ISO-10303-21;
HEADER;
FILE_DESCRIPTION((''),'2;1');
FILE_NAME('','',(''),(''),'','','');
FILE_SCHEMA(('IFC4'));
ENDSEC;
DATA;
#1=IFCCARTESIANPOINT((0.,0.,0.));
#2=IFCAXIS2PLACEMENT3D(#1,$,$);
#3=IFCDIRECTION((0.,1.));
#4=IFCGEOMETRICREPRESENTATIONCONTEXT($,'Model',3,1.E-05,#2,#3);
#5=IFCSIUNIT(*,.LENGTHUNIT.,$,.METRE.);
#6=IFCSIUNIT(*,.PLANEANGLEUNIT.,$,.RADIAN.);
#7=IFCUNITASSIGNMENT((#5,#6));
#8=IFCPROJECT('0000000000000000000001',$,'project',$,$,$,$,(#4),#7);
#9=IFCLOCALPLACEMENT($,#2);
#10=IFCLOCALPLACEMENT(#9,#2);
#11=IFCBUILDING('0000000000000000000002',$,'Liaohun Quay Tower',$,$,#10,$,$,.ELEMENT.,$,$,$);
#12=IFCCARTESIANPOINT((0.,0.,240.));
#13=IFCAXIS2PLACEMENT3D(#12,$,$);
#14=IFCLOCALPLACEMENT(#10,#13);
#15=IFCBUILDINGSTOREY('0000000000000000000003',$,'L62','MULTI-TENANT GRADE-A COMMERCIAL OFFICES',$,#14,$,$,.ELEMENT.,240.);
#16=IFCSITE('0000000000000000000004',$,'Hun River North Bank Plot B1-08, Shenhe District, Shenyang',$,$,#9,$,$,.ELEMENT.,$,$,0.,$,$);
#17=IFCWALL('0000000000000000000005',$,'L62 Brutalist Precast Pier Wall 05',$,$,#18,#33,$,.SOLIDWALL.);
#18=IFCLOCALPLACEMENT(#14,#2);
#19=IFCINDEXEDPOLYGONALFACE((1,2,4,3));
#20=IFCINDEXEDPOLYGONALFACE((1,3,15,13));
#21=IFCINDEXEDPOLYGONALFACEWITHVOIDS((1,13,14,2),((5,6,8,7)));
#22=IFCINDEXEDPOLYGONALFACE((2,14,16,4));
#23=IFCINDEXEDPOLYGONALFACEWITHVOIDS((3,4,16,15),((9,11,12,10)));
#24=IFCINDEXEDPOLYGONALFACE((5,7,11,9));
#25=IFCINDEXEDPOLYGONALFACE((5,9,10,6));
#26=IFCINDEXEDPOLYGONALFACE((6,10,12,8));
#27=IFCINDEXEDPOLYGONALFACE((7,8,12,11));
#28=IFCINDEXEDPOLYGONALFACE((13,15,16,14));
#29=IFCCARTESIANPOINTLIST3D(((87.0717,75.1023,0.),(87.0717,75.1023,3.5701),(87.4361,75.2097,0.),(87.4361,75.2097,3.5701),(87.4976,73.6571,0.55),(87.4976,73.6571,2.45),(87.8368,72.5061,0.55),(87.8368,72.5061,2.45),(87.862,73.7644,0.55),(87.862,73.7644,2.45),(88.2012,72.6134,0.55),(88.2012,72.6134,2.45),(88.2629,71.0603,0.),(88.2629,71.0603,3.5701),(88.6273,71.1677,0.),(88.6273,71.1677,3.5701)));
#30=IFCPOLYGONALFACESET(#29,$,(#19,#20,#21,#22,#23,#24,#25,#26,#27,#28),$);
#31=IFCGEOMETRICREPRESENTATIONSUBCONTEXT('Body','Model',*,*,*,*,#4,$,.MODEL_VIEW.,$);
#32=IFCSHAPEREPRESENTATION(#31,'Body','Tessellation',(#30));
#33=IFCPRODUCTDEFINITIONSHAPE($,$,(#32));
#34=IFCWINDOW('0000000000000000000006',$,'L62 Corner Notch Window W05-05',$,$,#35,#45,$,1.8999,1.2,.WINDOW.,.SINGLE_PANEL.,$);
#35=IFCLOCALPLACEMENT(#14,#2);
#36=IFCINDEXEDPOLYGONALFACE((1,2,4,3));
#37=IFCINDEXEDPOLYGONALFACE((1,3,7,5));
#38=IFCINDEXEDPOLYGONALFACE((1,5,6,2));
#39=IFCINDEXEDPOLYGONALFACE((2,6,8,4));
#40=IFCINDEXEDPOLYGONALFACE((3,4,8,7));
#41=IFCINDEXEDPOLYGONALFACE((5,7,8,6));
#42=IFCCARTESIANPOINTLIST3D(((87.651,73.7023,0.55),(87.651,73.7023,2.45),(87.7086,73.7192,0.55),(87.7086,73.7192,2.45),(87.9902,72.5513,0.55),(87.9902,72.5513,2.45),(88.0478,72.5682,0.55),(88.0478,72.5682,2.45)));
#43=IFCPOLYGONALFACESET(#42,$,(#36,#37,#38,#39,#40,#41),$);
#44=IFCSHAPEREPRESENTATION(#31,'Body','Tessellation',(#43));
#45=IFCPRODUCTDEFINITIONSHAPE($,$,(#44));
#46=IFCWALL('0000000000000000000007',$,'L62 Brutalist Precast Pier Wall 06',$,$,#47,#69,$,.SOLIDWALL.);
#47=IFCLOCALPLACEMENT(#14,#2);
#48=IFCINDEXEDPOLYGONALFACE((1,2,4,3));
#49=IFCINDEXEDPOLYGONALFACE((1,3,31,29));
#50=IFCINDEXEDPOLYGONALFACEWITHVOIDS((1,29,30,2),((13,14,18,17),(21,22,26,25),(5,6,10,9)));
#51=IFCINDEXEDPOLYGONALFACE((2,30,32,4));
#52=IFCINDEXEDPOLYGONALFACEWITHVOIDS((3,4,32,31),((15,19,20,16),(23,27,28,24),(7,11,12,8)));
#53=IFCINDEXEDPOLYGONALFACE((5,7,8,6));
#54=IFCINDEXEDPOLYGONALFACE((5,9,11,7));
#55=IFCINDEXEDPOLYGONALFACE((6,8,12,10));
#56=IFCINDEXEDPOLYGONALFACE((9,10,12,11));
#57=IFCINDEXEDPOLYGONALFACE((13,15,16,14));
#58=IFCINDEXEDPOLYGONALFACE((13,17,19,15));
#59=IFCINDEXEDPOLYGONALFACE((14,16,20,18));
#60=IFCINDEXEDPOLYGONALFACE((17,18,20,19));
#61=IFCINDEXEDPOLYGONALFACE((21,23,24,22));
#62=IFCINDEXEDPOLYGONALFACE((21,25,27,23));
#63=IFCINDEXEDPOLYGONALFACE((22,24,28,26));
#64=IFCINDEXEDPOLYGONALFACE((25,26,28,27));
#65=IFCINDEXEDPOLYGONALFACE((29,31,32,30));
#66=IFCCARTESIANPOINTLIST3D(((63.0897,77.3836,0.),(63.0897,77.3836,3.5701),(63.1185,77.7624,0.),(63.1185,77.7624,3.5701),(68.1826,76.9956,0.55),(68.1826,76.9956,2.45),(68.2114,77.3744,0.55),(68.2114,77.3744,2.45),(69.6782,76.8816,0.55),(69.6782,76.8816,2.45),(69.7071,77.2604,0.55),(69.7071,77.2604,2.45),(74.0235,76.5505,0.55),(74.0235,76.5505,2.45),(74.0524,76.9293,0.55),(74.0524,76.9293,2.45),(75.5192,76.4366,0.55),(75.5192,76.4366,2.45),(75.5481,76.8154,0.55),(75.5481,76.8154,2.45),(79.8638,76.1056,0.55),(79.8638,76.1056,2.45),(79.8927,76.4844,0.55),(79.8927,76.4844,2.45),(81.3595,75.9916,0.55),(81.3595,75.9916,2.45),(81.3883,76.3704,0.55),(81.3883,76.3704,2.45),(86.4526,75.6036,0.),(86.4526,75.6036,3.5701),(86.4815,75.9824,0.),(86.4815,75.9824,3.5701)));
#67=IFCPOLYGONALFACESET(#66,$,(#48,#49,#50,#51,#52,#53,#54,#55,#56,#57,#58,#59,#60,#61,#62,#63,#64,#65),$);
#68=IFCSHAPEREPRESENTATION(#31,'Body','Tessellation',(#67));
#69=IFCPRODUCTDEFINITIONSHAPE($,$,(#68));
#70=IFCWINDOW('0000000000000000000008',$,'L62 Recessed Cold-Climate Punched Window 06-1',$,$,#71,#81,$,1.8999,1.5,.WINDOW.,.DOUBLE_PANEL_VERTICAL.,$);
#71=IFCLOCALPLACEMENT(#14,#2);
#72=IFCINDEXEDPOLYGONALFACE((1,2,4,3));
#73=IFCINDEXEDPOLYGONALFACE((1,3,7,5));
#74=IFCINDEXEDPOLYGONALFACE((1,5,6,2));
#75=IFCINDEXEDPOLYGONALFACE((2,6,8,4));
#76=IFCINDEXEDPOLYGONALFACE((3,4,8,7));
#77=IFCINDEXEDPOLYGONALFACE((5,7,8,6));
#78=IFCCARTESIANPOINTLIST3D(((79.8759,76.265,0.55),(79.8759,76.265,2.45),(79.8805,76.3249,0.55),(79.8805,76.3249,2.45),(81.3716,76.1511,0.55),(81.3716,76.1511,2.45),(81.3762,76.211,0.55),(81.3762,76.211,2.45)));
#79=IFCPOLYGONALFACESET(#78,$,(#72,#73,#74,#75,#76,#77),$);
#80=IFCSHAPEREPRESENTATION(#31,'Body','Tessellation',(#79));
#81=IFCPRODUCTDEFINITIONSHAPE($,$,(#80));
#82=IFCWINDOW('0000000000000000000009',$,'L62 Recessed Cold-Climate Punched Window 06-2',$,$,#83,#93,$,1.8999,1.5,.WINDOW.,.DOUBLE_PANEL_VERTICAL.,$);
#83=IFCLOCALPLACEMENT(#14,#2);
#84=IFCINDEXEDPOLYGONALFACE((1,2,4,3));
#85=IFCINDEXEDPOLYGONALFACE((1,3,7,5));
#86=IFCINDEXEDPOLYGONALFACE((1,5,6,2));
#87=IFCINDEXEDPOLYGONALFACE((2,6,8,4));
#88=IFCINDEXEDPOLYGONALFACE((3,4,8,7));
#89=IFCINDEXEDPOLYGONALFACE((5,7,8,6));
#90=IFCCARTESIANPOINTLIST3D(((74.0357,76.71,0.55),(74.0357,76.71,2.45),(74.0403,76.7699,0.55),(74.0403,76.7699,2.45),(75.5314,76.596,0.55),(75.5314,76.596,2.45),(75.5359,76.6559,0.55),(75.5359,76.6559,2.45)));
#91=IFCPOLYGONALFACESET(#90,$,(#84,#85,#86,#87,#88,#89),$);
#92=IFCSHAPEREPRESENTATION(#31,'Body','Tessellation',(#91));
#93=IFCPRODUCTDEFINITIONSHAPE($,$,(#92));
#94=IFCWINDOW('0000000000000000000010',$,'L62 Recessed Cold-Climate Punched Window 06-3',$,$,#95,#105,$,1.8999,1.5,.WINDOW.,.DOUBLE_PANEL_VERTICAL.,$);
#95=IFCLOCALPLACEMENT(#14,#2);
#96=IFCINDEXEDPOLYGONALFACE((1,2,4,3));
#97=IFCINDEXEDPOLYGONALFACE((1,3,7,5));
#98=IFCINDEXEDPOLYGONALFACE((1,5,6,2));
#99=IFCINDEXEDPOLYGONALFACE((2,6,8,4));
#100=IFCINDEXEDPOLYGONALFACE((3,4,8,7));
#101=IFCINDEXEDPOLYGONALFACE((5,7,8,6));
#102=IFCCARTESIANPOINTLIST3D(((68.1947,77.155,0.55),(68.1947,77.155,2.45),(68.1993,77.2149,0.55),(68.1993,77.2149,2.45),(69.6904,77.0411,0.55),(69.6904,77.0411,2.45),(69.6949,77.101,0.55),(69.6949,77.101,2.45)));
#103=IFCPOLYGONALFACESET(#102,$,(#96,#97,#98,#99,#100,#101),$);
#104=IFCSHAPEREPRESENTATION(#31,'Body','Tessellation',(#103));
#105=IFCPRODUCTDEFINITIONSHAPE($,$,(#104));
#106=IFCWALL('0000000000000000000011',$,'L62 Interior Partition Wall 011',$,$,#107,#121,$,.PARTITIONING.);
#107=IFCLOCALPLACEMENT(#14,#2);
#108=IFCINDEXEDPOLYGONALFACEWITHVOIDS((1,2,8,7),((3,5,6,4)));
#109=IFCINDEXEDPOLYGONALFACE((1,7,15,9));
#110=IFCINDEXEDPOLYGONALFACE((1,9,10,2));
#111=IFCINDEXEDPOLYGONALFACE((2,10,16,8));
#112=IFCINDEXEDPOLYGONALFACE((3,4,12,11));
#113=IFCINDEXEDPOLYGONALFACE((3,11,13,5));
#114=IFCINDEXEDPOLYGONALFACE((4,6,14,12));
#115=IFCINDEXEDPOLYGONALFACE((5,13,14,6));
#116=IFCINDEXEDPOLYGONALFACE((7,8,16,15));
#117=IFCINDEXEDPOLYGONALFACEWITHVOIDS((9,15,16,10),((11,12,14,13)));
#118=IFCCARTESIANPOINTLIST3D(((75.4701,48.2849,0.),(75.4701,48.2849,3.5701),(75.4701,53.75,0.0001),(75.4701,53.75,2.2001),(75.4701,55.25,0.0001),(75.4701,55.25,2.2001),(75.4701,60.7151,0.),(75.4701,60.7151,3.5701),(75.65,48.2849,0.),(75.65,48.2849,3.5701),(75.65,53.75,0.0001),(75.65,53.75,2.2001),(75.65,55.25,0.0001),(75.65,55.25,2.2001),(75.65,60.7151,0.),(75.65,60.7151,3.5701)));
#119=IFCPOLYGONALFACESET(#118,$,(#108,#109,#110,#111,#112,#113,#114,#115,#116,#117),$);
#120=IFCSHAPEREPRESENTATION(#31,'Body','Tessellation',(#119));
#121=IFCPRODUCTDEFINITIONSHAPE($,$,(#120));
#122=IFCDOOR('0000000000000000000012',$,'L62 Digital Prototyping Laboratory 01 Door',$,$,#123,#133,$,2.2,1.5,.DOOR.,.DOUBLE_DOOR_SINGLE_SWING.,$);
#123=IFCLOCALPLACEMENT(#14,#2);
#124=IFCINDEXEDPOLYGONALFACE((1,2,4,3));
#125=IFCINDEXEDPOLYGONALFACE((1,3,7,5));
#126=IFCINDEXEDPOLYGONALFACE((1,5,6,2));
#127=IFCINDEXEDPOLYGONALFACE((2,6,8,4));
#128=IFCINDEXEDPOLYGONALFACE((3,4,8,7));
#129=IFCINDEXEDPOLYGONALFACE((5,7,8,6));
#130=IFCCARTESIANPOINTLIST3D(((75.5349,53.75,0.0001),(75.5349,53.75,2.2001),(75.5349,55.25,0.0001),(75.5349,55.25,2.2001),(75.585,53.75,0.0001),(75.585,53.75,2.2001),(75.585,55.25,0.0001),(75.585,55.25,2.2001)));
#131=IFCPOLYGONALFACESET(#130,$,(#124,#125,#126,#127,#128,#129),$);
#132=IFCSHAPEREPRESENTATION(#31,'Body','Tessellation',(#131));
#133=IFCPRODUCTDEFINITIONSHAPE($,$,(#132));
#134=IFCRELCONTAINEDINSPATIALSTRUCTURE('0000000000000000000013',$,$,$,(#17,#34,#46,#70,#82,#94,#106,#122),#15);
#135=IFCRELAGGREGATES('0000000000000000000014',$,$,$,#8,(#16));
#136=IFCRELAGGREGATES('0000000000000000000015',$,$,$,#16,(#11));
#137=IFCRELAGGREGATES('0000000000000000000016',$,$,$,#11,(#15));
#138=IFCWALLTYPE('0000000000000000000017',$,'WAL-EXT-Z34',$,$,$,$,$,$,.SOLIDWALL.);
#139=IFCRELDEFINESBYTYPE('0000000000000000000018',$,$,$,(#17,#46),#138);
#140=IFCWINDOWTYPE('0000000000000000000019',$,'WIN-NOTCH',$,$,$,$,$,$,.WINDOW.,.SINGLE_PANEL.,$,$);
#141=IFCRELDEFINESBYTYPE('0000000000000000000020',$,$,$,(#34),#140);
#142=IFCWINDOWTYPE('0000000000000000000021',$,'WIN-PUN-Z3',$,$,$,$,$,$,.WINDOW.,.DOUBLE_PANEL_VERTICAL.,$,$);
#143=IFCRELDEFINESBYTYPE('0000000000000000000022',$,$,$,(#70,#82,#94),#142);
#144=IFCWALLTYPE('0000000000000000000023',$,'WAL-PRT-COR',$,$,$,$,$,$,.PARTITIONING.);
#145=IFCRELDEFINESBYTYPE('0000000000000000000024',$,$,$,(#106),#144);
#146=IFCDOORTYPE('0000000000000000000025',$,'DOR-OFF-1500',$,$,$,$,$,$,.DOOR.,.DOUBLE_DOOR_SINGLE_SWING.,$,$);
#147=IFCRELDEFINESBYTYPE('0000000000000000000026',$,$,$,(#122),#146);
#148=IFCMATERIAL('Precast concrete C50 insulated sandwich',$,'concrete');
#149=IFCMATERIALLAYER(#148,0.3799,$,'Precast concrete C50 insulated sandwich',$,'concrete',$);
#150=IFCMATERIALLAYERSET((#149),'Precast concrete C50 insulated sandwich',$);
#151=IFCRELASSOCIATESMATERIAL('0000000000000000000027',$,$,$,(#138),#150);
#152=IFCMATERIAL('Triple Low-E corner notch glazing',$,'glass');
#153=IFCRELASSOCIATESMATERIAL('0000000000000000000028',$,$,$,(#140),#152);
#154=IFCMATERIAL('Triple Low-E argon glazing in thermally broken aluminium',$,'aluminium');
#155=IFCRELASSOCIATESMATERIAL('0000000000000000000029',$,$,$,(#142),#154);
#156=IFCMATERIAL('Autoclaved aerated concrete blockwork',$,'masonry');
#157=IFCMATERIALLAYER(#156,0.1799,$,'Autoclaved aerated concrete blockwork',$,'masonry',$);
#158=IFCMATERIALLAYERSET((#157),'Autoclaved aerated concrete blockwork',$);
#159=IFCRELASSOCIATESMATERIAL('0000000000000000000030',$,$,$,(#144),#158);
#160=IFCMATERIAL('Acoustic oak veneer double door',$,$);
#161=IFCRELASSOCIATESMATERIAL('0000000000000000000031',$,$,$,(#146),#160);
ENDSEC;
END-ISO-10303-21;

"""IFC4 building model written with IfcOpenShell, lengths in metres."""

from ifc_helpers import new_model, si_unit, direction, frame, frame_2d, origin, place, context, subcontext, project, spatial, rectangle, extrude, source, transform, mapped, material, layer, layer_set, type_object, element, fill, save


model = new_model("IFC4")

# Units and contexts
model_context = context("Model", 3, precision=1e-05, world=origin(), true_north=direction((0.0, 1.0)))
body_context = subcontext(model_context, "Body", "Model", "MODEL_VIEW")
ifc_project = project(units=[si_unit("LENGTHUNIT", "METRE"), si_unit("PLANEANGLEUNIT", "RADIAN")], contexts=[model_context])

# Site, building, storey
site_placement = place(None, origin())
site = spatial("IfcSite", under=ifc_project, at=site_placement, Name="Hun River North Bank Plot B1-08, Shenhe District, Shenyang", CompositionType="ELEMENT", RefElevation=0.0)
building_placement = place(site_placement, origin())
building = spatial("IfcBuilding", under=site, at=building_placement, Name="Liaohun Quay Tower", CompositionType="ELEMENT")
storey_placement = place(building_placement, frame((0.0, 0.0, 240.0)))
storey = spatial("IfcBuildingStorey", under=building, at=storey_placement, Name="L62", Description="MULTI-TENANT GRADE-A COMMERCIAL OFFICES", CompositionType="ELEMENT", Elevation=240.0)

# Wall, opening, window
ifc_material_1 = material(Name="Precast concrete C50 insulated sandwich", Category="concrete")
ifc_layer_1 = layer(ifc_material_1, 0.3799, Name="Precast concrete C50 insulated sandwich", Category="concrete")
ifc_layer_set_1 = layer_set([ifc_layer_1], Name="Precast concrete C50 insulated sandwich")
wall_type_1 = type_object("IfcWallType", Name="WAL-EXT-Z34", PredefinedType="SOLIDWALL", material=ifc_layer_set_1)
shared_shape_1 = source(origin(), body_context, "Body", "SweptSolid", [
    extrude(rectangle(XDim=1.2, YDim=1.8999, at=frame_2d((0.6001, 0.95))), frame((0.0, 0.2, 0.0), z_axis=(0.0, -1.0, 0.0), x_axis=(1.0, 0.0, 0.0)), (0.0, 0.0, 1.0), 0.3999),
])
ifc_material_2 = material(Name="Triple Low-E corner notch glazing", Category="glass")
window_type_1 = type_object("IfcWindowType", Name="WIN-NOTCH", PartitioningType="SINGLE_PANEL", PredefinedType="WINDOW", material=ifc_material_2)
shared_shape_2 = source(origin(), body_context, "Body", "SweptSolid", [
    extrude(rectangle(XDim=1.2, YDim=1.8999, at=frame_2d((0.6001, 0.95))), frame((0.0, 0.03, 0.0), z_axis=(0.0, -1.0, 0.0), x_axis=(1.0, 0.0, 0.0)), (0.0, 0.0, 1.0), 0.0601),
])
wall_1_placement = place(storey_placement, frame((88.4451, 71.114, 0.0), z_axis=(0.0, 0.0, 1.0), x_axis=(-0.282678, 0.959215, 0.0)))
wall_1 = element("IfcWall", 1, at=wall_1_placement, inside=storey, type_object=wall_type_1, Name="L62 Brutalist Precast Pier Wall 05", PredefinedType="SOLIDWALL", context=body_context, shape_type="SweptSolid", body=[
    extrude(rectangle(XDim=4.2139, YDim=0.3799, at=frame_2d((2.1069, 0.0))), origin(), (0.0, 0.0, 1.0), 3.5701),
])
opening_1_placement = place(wall_1_placement, frame((1.5071, 0.0, 0.55)))
opening_1 = element("IfcOpeningElement", 2, at=opening_1_placement, cuts=wall_1, PredefinedType="OPENING", context=body_context, shape_type="MappedRepresentation", body=[
    mapped(shared_shape_1, transform((0.0, 0.0, 0.0), x_axis=(1.0, 0.0, 0.0), y_axis=(0.0, 1.0, 0.0), z_axis=(0.0, 0.0, 1.0), scale=1.0)),
])
window_1_placement = place(opening_1_placement, origin())
window_1 = element("IfcWindow", 3, at=window_1_placement, inside=storey, type_object=window_type_1, Name="L62 Corner Notch Window W05-05", OverallHeight=1.8999, OverallWidth=1.2, PartitioningType="SINGLE_PANEL", PredefinedType="WINDOW", context=body_context, shape_type="MappedRepresentation", body=[
    mapped(shared_shape_2, transform((0.0, 0.0, 0.0), x_axis=(1.0, 0.0, 0.0), y_axis=(0.0, 1.0, 0.0), z_axis=(0.0, 0.0, 1.0), scale=1.0)),
])
fill(opening_1, window_1)

# Wall, openings, windows
wall_2_placement = place(storey_placement, frame((86.467, 75.793, 0.0), z_axis=(0.0, 0.0, 1.0), x_axis=(-0.99711, 0.07597, 0.0)))
wall_2 = element("IfcWall", 4, at=wall_2_placement, inside=storey, type_object=wall_type_1, Name="L62 Brutalist Precast Pier Wall 06", PredefinedType="SOLIDWALL", context=body_context, shape_type="SweptSolid", body=[
    extrude(rectangle(XDim=23.4307, YDim=0.3799, at=frame_2d((11.7153, 0.0))), origin(), (0.0, 0.0, 1.0), 3.5701),
])
shared_shape_3 = source(origin(), body_context, "Body", "SweptSolid", [
    extrude(rectangle(XDim=1.5, YDim=1.8999, at=frame_2d((0.75, 0.95))), frame((0.0, 0.2, 0.0), z_axis=(0.0, -1.0, 0.0), x_axis=(1.0, 0.0, 0.0)), (0.0, 0.0, 1.0), 0.3999),
])
opening_2_placement = place(wall_2_placement, frame((5.1079, 0.0, 0.55)))
opening_2 = element("IfcOpeningElement", 5, at=opening_2_placement, cuts=wall_2, PredefinedType="OPENING", context=body_context, shape_type="MappedRepresentation", body=[
    mapped(shared_shape_3, transform((0.0, 0.0, 0.0), x_axis=(1.0, 0.0, 0.0), y_axis=(0.0, 1.0, 0.0), z_axis=(0.0, 0.0, 1.0), scale=1.0)),
])
opening_3_placement = place(wall_2_placement, frame((10.9651, 0.0, 0.55)))
opening_3 = element("IfcOpeningElement", 6, at=opening_3_placement, cuts=wall_2, PredefinedType="OPENING", context=body_context, shape_type="MappedRepresentation", body=[
    mapped(shared_shape_3, transform((0.0, 0.0, 0.0), x_axis=(1.0, 0.0, 0.0), y_axis=(0.0, 1.0, 0.0), z_axis=(0.0, 0.0, 1.0), scale=1.0)),
])
opening_4_placement = place(wall_2_placement, frame((16.823, 0.0, 0.55)))
opening_4 = element("IfcOpeningElement", 7, at=opening_4_placement, cuts=wall_2, PredefinedType="OPENING", context=body_context, shape_type="MappedRepresentation", body=[
    mapped(shared_shape_3, transform((0.0, 0.0, 0.0), x_axis=(1.0, 0.0, 0.0), y_axis=(0.0, 1.0, 0.0), z_axis=(0.0, 0.0, 1.0), scale=1.0)),
])
ifc_material_3 = material(Name="Triple Low-E argon glazing in thermally broken aluminium", Category="aluminium")
window_type_2 = type_object("IfcWindowType", Name="WIN-PUN-Z3", PartitioningType="DOUBLE_PANEL_VERTICAL", PredefinedType="WINDOW", material=ifc_material_3)
shared_shape_4 = source(origin(), body_context, "Body", "SweptSolid", [
    extrude(rectangle(XDim=1.5, YDim=1.8999, at=frame_2d((0.75, 0.95))), frame((0.0, 0.03, 0.0), z_axis=(0.0, -1.0, 0.0), x_axis=(1.0, 0.0, 0.0)), (0.0, 0.0, 1.0), 0.0601),
])
window_2_placement = place(opening_2_placement, origin())
window_2 = element("IfcWindow", 8, at=window_2_placement, inside=storey, type_object=window_type_2, Name="L62 Recessed Cold-Climate Punched Window 06-1", OverallHeight=1.8999, OverallWidth=1.5, PartitioningType="DOUBLE_PANEL_VERTICAL", PredefinedType="WINDOW", context=body_context, shape_type="MappedRepresentation", body=[
    mapped(shared_shape_4, transform((0.0, 0.0, 0.0), x_axis=(1.0, 0.0, 0.0), y_axis=(0.0, 1.0, 0.0), z_axis=(0.0, 0.0, 1.0), scale=1.0)),
])
fill(opening_2, window_2)
window_3_placement = place(opening_3_placement, origin())
window_3 = element("IfcWindow", 9, at=window_3_placement, inside=storey, type_object=window_type_2, Name="L62 Recessed Cold-Climate Punched Window 06-2", OverallHeight=1.8999, OverallWidth=1.5, PartitioningType="DOUBLE_PANEL_VERTICAL", PredefinedType="WINDOW", context=body_context, shape_type="MappedRepresentation", body=[
    mapped(shared_shape_4, transform((0.0, 0.0, 0.0), x_axis=(1.0, 0.0, 0.0), y_axis=(0.0, 1.0, 0.0), z_axis=(0.0, 0.0, 1.0), scale=1.0)),
])
fill(opening_3, window_3)
window_4_placement = place(opening_4_placement, origin())
window_4 = element("IfcWindow", 10, at=window_4_placement, inside=storey, type_object=window_type_2, Name="L62 Recessed Cold-Climate Punched Window 06-3", OverallHeight=1.8999, OverallWidth=1.5, PartitioningType="DOUBLE_PANEL_VERTICAL", PredefinedType="WINDOW", context=body_context, shape_type="MappedRepresentation", body=[
    mapped(shared_shape_4, transform((0.0, 0.0, 0.0), x_axis=(1.0, 0.0, 0.0), y_axis=(0.0, 1.0, 0.0), z_axis=(0.0, 0.0, 1.0), scale=1.0)),
])
fill(opening_4, window_4)

# Wall, opening, door
ifc_material_4 = material(Name="Autoclaved aerated concrete blockwork", Category="masonry")
ifc_layer_2 = layer(ifc_material_4, 0.1799, Name="Autoclaved aerated concrete blockwork", Category="masonry")
ifc_layer_set_2 = layer_set([ifc_layer_2], Name="Autoclaved aerated concrete blockwork")
wall_type_2 = type_object("IfcWallType", Name="WAL-PRT-COR", PredefinedType="PARTITIONING", material=ifc_layer_set_2)
wall_3_placement = place(storey_placement, frame((75.5601, 60.7151, 0.0), z_axis=(0.0, 0.0, 1.0), x_axis=(0.0, -1.0, 0.0)))
wall_3 = element("IfcWall", 11, at=wall_3_placement, inside=storey, type_object=wall_type_2, Name="L62 Interior Partition Wall 011", PredefinedType="PARTITIONING", context=body_context, shape_type="SweptSolid", body=[
    extrude(rectangle(XDim=12.4302, YDim=0.1799, at=frame_2d((6.2151, 0.0))), origin(), (0.0, 0.0, 1.0), 3.5701),
])
shared_shape_5 = source(origin(), body_context, "Body", "SweptSolid", [
    extrude(rectangle(XDim=1.5, YDim=2.2, at=frame_2d((0.75, 1.1001))), frame((0.0, 0.0999, 0.0), z_axis=(0.0, -1.0, 0.0), x_axis=(1.0, 0.0, 0.0)), (0.0, 0.0, 1.0), 0.2),
])
opening_5_placement = place(wall_3_placement, frame((5.4651, 0.0, 0.0)))
opening_5 = element("IfcOpeningElement", 12, at=opening_5_placement, cuts=wall_3, PredefinedType="OPENING", context=body_context, shape_type="MappedRepresentation", body=[
    mapped(shared_shape_5, transform((0.0, 0.0, 0.0), x_axis=(1.0, 0.0, 0.0), y_axis=(0.0, 1.0, 0.0), z_axis=(0.0, 0.0, 1.0), scale=1.0)),
])
ifc_material_5 = material(Name="Acoustic oak veneer double door")
door_type_1 = type_object("IfcDoorType", Name="DOR-OFF-1500", OperationType="DOUBLE_DOOR_SINGLE_SWING", PredefinedType="DOOR", material=ifc_material_5)
shared_shape_6 = source(origin(), body_context, "Body", "SweptSolid", [
    extrude(rectangle(XDim=1.5, YDim=2.2, at=frame_2d((0.75, 1.1001))), frame((0.0, 0.0249, 0.0), z_axis=(0.0, -1.0, 0.0), x_axis=(1.0, 0.0, 0.0)), (0.0, 0.0, 1.0), 0.05),
])
door_1_placement = place(opening_5_placement, origin())
door_1 = element("IfcDoor", 13, at=door_1_placement, inside=storey, type_object=door_type_1, Name="L62 Digital Prototyping Laboratory 01 Door", OperationType="DOUBLE_DOOR_SINGLE_SWING", OverallHeight=2.2, OverallWidth=1.5, PredefinedType="DOOR", context=body_context, shape_type="MappedRepresentation", body=[
    mapped(shared_shape_6, transform((0.0, 0.0, 0.0), x_axis=(1.0, 0.0, 0.0), y_axis=(0.0, 1.0, 0.0), z_axis=(0.0, 0.0, 1.0), scale=1.0)),
])
fill(opening_5, door_1)

save(model, "model.ifc")
